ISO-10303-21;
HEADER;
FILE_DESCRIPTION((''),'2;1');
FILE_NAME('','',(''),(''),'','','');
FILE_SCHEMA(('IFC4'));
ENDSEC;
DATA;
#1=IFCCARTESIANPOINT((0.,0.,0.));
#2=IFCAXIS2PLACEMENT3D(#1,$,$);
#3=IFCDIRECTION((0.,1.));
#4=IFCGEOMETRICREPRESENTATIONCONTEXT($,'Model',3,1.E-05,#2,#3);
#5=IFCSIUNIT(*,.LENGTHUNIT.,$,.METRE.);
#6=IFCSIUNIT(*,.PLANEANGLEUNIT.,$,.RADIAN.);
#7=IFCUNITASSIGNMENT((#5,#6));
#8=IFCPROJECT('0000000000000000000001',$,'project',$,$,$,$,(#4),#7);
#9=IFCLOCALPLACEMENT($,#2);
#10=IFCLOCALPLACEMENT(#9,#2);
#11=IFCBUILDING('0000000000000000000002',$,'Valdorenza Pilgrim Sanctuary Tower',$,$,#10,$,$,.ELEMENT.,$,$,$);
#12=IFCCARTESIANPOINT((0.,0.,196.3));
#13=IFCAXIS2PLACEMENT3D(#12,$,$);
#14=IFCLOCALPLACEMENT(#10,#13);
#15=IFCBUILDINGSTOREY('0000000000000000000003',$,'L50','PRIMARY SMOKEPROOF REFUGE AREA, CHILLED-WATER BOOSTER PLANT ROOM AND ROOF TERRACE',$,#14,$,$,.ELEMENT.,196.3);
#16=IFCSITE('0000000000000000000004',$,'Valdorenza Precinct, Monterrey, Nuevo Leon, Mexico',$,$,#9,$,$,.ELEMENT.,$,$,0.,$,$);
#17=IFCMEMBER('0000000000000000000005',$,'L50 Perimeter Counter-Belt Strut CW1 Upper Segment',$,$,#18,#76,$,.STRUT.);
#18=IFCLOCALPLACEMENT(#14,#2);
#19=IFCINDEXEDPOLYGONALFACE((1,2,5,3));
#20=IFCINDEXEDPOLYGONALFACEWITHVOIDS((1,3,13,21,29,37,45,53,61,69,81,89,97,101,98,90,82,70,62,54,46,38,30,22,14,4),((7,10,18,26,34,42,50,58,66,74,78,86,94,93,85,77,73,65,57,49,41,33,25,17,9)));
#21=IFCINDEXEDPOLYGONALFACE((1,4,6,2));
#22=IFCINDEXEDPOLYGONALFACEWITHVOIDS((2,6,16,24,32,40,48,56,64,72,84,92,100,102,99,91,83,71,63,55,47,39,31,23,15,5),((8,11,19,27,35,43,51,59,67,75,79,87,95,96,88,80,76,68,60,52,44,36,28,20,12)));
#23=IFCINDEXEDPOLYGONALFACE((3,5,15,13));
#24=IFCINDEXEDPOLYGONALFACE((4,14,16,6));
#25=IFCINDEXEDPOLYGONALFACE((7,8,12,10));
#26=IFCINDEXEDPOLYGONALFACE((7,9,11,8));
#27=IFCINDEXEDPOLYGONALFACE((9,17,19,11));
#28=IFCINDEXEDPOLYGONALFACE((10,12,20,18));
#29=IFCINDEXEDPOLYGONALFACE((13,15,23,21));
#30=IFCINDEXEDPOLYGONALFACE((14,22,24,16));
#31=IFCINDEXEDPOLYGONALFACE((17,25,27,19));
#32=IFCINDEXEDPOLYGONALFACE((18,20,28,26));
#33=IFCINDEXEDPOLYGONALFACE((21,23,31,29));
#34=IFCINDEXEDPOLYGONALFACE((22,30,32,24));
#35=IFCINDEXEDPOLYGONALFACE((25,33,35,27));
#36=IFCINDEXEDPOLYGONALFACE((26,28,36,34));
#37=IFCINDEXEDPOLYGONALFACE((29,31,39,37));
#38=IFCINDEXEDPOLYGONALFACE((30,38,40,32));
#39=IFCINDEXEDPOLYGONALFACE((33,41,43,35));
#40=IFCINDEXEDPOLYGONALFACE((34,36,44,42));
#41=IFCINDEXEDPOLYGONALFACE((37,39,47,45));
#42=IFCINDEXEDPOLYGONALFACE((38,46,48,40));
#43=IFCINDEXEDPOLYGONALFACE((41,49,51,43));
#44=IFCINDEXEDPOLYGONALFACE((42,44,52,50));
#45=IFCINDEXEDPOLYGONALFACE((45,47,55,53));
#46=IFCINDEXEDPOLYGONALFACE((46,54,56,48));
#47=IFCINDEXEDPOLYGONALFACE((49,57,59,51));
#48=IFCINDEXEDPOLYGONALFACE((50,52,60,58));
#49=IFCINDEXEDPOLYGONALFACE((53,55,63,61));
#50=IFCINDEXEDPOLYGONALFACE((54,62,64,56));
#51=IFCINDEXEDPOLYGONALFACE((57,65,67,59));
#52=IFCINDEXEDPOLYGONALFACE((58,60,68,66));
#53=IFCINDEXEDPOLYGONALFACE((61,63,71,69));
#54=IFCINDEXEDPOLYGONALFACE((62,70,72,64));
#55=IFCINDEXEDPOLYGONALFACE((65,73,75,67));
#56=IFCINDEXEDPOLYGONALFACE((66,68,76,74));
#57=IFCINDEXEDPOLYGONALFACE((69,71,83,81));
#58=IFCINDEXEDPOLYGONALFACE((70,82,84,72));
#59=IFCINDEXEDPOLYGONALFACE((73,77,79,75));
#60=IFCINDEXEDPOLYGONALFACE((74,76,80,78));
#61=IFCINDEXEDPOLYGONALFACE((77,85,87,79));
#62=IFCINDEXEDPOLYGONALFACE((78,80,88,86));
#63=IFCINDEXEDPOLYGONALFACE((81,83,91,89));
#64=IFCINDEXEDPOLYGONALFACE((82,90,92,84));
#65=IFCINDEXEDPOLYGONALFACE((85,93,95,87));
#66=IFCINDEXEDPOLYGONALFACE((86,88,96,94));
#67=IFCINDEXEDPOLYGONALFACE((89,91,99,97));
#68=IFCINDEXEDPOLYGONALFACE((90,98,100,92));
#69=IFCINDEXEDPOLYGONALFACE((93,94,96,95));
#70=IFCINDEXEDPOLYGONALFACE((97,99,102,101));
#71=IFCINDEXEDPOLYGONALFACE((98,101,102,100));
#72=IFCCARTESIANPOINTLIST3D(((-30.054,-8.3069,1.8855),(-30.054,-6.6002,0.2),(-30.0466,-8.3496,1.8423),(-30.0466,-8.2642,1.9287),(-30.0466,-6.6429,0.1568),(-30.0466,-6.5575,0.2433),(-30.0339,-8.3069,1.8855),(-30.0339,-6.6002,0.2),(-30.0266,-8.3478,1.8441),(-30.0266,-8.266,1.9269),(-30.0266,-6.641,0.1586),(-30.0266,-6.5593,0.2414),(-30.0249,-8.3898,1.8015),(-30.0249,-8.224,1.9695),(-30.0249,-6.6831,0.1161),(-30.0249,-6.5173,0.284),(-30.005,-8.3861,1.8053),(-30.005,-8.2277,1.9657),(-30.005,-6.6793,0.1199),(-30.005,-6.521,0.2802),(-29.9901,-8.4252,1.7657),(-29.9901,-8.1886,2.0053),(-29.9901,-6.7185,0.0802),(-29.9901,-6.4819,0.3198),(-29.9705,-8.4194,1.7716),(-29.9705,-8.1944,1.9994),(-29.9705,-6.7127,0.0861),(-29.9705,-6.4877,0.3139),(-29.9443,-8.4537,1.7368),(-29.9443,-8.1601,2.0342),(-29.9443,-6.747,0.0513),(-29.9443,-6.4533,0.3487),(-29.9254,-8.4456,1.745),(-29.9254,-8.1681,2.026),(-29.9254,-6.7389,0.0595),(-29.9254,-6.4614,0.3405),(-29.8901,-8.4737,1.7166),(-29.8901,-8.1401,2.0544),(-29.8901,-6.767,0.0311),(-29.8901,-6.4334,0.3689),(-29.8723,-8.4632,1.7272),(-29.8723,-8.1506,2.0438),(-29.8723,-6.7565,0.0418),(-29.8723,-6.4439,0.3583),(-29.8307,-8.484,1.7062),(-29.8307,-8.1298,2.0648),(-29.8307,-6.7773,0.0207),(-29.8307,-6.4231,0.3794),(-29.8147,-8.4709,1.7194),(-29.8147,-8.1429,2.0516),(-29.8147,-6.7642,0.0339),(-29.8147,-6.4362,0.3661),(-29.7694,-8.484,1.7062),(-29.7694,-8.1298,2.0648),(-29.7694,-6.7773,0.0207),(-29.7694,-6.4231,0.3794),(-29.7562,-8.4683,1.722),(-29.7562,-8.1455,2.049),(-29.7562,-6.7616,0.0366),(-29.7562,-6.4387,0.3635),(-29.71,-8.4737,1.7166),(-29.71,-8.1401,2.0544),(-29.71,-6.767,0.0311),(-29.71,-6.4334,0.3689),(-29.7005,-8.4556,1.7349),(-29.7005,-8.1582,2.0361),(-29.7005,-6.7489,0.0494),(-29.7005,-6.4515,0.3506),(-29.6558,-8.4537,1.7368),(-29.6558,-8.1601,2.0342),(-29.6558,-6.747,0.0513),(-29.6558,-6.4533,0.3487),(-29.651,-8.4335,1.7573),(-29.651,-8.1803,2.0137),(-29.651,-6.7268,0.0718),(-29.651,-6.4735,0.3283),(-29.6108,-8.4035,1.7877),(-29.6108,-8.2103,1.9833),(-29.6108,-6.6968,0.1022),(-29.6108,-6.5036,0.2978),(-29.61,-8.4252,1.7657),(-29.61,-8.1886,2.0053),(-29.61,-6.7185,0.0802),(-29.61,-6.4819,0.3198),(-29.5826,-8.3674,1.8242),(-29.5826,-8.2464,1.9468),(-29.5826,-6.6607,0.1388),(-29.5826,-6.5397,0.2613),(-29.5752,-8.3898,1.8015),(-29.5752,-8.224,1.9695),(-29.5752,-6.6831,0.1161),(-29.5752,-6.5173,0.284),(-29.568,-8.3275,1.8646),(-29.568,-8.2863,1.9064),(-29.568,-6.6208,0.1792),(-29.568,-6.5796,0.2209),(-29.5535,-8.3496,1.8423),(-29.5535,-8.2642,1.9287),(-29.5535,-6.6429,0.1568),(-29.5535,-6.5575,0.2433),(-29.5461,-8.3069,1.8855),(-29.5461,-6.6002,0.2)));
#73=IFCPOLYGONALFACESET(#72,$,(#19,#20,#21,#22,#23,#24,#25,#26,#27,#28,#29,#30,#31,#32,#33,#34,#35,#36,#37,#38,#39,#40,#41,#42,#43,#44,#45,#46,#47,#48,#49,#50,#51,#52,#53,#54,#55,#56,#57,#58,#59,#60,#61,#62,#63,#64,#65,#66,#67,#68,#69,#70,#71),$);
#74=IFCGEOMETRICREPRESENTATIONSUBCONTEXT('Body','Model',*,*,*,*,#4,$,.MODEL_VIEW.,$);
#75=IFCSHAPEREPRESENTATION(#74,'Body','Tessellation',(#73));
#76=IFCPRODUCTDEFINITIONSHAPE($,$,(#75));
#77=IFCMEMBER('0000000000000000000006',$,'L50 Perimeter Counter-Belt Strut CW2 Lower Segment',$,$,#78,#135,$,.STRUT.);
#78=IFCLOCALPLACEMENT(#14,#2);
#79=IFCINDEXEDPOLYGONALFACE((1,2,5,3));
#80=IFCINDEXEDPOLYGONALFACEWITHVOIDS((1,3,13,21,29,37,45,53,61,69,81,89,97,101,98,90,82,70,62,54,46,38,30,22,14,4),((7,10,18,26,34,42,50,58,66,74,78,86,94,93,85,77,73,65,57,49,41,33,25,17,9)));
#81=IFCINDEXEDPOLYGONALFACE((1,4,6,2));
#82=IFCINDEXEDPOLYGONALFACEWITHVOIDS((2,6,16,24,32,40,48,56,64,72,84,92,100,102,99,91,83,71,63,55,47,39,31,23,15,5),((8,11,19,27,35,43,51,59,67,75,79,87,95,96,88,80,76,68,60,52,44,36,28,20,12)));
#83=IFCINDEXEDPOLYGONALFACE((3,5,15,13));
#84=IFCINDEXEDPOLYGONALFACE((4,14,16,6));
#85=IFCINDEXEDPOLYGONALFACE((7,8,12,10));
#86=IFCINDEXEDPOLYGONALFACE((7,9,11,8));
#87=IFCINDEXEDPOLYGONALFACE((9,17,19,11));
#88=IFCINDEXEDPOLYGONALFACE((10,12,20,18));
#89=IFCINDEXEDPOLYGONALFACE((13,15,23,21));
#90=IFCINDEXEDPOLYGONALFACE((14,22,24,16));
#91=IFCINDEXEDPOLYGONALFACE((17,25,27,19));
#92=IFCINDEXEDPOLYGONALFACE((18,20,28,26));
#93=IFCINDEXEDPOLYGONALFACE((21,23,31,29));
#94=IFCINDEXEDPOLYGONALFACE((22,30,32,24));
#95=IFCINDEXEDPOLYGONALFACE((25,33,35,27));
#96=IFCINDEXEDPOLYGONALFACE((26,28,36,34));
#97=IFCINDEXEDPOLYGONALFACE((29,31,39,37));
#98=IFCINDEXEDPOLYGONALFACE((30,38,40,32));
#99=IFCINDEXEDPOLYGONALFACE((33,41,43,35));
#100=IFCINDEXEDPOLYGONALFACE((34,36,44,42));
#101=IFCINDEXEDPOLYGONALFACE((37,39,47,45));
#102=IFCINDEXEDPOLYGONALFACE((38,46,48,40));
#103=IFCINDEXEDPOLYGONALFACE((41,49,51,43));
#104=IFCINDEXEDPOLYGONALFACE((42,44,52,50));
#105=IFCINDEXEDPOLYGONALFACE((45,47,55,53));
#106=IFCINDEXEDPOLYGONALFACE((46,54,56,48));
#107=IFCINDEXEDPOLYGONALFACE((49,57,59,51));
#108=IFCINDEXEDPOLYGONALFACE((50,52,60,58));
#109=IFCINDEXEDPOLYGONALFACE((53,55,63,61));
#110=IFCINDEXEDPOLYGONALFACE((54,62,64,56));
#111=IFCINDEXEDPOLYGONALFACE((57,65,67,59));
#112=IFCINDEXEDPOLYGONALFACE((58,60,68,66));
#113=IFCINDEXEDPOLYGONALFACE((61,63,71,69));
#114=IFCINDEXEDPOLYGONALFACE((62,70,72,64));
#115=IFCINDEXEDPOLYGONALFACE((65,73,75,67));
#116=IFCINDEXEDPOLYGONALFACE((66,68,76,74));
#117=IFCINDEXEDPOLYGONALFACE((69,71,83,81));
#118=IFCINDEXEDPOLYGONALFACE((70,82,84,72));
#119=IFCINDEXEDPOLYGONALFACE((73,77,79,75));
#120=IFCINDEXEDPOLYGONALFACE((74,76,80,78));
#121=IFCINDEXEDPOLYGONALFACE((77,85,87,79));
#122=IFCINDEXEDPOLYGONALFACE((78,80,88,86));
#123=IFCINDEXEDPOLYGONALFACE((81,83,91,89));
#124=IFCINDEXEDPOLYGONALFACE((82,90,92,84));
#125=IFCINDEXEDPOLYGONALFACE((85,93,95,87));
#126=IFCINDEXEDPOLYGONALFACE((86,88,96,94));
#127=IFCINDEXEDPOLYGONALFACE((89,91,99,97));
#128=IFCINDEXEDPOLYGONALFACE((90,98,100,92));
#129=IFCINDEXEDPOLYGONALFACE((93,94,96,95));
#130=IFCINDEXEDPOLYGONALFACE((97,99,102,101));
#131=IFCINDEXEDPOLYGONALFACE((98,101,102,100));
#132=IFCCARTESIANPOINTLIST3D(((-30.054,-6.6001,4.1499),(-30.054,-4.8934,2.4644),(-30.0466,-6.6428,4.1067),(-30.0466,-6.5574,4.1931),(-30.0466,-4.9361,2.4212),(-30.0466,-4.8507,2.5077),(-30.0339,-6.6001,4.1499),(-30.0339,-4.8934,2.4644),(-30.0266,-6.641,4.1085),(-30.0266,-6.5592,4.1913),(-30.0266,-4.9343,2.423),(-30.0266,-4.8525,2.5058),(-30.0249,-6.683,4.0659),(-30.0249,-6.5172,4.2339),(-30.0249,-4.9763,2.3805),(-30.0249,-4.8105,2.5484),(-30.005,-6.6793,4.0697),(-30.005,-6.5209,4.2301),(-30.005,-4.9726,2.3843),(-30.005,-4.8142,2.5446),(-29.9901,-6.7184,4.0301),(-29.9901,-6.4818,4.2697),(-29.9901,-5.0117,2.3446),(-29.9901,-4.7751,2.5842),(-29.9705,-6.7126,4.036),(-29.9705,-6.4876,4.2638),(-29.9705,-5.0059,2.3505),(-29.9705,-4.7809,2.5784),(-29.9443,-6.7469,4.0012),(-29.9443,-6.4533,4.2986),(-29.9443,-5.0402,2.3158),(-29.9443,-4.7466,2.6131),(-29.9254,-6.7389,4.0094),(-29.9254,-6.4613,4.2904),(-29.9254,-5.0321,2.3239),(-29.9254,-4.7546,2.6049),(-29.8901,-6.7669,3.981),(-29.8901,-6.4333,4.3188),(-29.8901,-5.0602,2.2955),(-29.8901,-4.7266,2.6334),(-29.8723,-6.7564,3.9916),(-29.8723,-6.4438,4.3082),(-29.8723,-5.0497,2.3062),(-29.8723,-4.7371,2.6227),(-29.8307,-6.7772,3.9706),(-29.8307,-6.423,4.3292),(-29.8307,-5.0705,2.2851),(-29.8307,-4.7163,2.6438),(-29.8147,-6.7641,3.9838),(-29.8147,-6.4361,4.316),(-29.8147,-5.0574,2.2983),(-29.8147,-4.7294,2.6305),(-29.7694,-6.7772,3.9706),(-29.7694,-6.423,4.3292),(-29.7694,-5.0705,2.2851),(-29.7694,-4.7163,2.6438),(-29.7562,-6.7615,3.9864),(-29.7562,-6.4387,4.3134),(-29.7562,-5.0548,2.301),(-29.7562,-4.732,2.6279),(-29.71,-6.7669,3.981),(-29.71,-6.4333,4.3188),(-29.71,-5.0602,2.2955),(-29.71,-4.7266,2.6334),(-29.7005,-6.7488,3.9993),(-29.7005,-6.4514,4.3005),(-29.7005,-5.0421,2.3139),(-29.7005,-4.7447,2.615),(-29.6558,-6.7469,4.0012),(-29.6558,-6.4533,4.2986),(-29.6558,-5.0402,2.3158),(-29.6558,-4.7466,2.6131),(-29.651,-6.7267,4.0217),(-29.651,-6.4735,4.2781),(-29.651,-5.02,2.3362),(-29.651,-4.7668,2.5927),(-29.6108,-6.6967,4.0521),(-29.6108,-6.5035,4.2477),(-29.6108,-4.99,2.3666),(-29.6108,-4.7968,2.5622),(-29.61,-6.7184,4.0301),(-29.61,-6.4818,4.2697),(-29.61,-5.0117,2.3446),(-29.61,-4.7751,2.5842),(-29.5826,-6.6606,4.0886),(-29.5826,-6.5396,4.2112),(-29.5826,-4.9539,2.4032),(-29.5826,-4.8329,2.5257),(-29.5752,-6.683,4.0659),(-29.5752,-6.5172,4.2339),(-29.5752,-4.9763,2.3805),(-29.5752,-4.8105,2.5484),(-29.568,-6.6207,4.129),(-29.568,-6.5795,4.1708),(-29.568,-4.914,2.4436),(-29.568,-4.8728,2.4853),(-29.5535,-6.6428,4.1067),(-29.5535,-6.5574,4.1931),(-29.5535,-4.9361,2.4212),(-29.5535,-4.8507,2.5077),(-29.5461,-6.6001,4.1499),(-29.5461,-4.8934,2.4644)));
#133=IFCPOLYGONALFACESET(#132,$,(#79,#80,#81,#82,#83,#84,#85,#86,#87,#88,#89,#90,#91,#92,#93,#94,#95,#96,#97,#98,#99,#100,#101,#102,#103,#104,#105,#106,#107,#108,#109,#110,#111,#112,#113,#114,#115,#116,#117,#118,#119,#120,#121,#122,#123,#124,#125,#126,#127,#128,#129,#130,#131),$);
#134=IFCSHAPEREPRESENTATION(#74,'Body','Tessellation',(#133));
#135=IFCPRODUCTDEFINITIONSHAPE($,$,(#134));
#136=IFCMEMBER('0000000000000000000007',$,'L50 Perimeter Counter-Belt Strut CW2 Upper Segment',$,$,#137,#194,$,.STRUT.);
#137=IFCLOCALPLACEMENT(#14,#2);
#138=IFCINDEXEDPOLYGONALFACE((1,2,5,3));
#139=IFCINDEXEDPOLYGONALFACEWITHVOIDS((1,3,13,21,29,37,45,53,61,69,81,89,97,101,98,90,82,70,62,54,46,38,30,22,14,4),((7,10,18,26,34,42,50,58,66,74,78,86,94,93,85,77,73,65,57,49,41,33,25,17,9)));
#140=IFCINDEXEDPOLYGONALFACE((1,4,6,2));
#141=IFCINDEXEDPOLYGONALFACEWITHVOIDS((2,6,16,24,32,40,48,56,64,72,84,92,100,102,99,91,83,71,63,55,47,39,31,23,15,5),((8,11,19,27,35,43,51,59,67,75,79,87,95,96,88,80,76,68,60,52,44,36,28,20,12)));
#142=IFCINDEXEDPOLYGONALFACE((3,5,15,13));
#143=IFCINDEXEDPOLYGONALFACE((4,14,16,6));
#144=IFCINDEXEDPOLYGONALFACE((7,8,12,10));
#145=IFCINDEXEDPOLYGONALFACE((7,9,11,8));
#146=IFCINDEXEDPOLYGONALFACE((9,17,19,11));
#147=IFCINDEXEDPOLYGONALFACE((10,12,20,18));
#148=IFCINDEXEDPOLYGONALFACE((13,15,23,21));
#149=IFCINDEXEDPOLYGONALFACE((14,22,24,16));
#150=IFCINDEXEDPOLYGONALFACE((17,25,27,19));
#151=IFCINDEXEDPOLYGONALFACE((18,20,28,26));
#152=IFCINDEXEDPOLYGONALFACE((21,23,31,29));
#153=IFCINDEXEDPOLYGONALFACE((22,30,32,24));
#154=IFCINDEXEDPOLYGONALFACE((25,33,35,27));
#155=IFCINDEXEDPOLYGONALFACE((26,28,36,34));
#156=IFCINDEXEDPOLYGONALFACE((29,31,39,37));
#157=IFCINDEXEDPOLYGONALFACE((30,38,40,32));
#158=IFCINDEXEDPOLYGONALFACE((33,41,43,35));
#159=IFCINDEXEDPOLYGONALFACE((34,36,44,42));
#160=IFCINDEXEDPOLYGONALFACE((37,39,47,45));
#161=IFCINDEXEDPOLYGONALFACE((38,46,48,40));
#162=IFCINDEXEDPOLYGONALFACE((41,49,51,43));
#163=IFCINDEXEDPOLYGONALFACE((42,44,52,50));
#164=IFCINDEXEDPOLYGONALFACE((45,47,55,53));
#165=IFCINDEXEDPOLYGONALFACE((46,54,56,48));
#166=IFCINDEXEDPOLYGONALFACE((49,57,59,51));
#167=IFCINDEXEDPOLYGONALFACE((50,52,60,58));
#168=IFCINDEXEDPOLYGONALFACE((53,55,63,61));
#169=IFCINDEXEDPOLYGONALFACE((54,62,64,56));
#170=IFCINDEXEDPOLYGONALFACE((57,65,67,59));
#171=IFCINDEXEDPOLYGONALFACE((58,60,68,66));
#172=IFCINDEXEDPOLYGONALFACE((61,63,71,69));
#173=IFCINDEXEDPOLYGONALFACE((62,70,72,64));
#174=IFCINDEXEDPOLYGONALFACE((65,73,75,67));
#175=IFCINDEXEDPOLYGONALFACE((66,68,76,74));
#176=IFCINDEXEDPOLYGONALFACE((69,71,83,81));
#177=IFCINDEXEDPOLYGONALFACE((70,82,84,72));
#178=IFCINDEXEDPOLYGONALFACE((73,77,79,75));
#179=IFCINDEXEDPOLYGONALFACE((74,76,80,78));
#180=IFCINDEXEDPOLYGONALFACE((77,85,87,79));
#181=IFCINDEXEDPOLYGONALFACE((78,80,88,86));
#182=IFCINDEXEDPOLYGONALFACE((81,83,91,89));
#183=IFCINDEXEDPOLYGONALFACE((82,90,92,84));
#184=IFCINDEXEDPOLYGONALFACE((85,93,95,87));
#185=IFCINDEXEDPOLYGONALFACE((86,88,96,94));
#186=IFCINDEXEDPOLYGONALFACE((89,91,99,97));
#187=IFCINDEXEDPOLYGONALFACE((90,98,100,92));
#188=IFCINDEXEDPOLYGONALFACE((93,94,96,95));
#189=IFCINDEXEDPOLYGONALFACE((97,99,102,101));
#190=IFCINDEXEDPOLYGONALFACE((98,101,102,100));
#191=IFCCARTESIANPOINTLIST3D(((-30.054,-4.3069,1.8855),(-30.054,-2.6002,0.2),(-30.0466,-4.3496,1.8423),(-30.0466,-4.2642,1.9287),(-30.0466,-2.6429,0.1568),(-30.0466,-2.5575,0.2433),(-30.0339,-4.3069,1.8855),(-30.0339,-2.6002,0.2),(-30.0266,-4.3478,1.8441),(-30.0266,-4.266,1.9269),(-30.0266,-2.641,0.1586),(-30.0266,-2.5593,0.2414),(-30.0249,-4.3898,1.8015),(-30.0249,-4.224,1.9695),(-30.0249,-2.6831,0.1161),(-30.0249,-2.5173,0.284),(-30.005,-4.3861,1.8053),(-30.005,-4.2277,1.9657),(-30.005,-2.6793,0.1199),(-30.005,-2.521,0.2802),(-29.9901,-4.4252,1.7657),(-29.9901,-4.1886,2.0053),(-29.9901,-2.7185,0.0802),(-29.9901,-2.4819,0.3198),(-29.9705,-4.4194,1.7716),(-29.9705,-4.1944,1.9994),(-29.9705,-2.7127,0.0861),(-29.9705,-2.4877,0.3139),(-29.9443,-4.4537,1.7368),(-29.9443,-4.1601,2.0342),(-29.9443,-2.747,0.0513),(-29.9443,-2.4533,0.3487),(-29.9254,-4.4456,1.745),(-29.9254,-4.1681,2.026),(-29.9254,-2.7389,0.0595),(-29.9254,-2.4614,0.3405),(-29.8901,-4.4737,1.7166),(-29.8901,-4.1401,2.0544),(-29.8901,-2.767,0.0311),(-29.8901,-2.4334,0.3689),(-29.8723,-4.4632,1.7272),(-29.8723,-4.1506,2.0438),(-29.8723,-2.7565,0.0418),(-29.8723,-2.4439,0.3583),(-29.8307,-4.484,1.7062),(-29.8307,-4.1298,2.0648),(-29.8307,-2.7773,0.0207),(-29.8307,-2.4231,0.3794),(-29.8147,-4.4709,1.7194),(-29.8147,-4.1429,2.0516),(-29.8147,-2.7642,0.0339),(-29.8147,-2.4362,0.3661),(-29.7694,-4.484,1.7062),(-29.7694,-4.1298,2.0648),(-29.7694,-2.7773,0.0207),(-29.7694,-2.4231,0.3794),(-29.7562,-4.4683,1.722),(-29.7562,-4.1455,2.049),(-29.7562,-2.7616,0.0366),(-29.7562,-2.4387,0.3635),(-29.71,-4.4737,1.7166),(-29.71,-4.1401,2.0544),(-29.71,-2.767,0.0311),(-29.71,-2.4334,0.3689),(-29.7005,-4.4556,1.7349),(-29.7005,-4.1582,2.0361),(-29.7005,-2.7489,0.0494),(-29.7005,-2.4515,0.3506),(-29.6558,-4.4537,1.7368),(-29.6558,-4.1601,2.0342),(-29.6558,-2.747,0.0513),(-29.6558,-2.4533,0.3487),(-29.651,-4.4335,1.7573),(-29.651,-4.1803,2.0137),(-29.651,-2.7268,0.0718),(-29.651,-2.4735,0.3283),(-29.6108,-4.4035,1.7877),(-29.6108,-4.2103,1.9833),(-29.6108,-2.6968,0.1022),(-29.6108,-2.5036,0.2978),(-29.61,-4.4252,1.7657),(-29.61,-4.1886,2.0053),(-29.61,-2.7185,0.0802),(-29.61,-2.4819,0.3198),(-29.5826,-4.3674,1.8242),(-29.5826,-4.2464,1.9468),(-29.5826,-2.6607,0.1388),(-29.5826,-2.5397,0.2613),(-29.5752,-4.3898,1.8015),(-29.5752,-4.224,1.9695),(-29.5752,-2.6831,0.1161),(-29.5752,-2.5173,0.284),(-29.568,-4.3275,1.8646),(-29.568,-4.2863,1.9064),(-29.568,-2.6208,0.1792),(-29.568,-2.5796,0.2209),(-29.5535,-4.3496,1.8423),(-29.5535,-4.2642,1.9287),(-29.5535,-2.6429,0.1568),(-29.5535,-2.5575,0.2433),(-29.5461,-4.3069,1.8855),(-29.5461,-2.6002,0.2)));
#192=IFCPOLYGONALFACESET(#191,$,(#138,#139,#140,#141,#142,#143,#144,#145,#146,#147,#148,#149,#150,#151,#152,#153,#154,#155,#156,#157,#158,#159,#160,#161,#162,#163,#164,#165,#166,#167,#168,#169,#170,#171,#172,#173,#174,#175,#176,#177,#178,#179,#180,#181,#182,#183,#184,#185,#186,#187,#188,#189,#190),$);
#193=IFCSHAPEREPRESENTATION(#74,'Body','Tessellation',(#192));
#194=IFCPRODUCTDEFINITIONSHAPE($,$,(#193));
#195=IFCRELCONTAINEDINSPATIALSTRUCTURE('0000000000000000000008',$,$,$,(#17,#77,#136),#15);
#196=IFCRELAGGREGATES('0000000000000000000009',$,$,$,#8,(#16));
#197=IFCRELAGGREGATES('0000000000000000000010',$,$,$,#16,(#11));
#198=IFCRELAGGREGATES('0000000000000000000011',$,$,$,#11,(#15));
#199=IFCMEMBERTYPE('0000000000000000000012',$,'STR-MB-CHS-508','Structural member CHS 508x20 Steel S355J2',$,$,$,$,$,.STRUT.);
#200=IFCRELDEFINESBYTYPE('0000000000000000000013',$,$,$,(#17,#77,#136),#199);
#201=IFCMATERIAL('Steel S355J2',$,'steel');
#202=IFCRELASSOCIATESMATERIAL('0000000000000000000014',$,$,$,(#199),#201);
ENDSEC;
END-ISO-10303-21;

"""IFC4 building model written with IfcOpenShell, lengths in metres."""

from ifc_helpers import new_model, si_unit, direction, frame, origin, origin_2d, place, context, subcontext, project, spatial, hollow_circle, extrude, source, transform, mapped, material, material_profile, profile_set, type_object, element, save


model = new_model("IFC4")

# Units and contexts
model_context = context("Model", 3, precision=1e-05, world=origin(), true_north=direction((0.0, 1.0)))
body_context = subcontext(model_context, "Body", "Model", "MODEL_VIEW")
ifc_project = project(units=[si_unit("LENGTHUNIT", "METRE"), si_unit("PLANEANGLEUNIT", "RADIAN")], contexts=[model_context])

# Site, building, storey
site_placement = place(None, origin())
site = spatial("IfcSite", under=ifc_project, at=site_placement, Name="Valdorenza Precinct, Monterrey, Nuevo Leon, Mexico", CompositionType="ELEMENT", RefElevation=0.0)
building_placement = place(site_placement, origin())
building = spatial("IfcBuilding", under=site, at=building_placement, Name="Valdorenza Pilgrim Sanctuary Tower", CompositionType="ELEMENT")
storey_placement = place(building_placement, frame((0.0, 0.0, 196.3)))
storey = spatial("IfcBuildingStorey", under=building, at=storey_placement, Name="L50", Description="PRIMARY SMOKEPROOF REFUGE AREA, CHILLED-WATER BOOSTER PLANT ROOM AND ROOF TERRACE", CompositionType="ELEMENT", Elevation=196.3)

# Members
ifc_material_1 = material(Name="Steel S355J2", Category="steel")
ifc_material_profile_1 = material_profile(ifc_material_1, hollow_circle(Radius=0.2539, WallThickness=0.02, at=origin_2d()), Name="CHS 508x20")
ifc_profile_set_1 = profile_set([ifc_material_profile_1], Name="Steel S355J2")
member_type_1 = type_object("IfcMemberType", Name="STR-MB-CHS-508", Description="Structural member CHS 508x20 Steel S355J2", PredefinedType="STRUT", material=ifc_profile_set_1)
shared_shape_1 = source(origin(), body_context, "Body", "SweptSolid", [
    extrude(hollow_circle(Radius=0.2539, WallThickness=0.02, at=origin_2d()), origin(), (0.0, 0.0, 1.0), 2.3987),
])
for number, where, z_axis, x_axis, name in (
    (1, (-29.8, -8.3069, 1.8855), (0.0, 0.71152, -0.702666), (-1.0, 0.0, 0.0), "L50 Perimeter Counter-Belt Strut CW1 Upper Segment"),
    (2, (-29.8, -6.6001, 4.1499), (0.0, 0.71152, -0.702666), (-1.0, 0.0, 0.0), "L50 Perimeter Counter-Belt Strut CW2 Lower Segment"),
    (3, (-29.8, -4.3069, 1.8855), (0.0, 0.71152, -0.702666), (-1.0, 0.0, 0.0), "L50 Perimeter Counter-Belt Strut CW2 Upper Segment"),
):
    element("IfcMember", number, at=place(storey_placement, frame(where, z_axis=z_axis, x_axis=x_axis)), inside=storey, type_object=member_type_1, Name=name, PredefinedType="STRUT", context=body_context, shape_type="MappedRepresentation", body=[
        mapped(shared_shape_1, transform((0.0, 0.0, 0.0), x_axis=(1.0, 0.0, 0.0), y_axis=(0.0, 1.0, 0.0), z_axis=(0.0, 0.0, 1.0), scale=1.0)),
    ])

save(model, "model.ifc")
